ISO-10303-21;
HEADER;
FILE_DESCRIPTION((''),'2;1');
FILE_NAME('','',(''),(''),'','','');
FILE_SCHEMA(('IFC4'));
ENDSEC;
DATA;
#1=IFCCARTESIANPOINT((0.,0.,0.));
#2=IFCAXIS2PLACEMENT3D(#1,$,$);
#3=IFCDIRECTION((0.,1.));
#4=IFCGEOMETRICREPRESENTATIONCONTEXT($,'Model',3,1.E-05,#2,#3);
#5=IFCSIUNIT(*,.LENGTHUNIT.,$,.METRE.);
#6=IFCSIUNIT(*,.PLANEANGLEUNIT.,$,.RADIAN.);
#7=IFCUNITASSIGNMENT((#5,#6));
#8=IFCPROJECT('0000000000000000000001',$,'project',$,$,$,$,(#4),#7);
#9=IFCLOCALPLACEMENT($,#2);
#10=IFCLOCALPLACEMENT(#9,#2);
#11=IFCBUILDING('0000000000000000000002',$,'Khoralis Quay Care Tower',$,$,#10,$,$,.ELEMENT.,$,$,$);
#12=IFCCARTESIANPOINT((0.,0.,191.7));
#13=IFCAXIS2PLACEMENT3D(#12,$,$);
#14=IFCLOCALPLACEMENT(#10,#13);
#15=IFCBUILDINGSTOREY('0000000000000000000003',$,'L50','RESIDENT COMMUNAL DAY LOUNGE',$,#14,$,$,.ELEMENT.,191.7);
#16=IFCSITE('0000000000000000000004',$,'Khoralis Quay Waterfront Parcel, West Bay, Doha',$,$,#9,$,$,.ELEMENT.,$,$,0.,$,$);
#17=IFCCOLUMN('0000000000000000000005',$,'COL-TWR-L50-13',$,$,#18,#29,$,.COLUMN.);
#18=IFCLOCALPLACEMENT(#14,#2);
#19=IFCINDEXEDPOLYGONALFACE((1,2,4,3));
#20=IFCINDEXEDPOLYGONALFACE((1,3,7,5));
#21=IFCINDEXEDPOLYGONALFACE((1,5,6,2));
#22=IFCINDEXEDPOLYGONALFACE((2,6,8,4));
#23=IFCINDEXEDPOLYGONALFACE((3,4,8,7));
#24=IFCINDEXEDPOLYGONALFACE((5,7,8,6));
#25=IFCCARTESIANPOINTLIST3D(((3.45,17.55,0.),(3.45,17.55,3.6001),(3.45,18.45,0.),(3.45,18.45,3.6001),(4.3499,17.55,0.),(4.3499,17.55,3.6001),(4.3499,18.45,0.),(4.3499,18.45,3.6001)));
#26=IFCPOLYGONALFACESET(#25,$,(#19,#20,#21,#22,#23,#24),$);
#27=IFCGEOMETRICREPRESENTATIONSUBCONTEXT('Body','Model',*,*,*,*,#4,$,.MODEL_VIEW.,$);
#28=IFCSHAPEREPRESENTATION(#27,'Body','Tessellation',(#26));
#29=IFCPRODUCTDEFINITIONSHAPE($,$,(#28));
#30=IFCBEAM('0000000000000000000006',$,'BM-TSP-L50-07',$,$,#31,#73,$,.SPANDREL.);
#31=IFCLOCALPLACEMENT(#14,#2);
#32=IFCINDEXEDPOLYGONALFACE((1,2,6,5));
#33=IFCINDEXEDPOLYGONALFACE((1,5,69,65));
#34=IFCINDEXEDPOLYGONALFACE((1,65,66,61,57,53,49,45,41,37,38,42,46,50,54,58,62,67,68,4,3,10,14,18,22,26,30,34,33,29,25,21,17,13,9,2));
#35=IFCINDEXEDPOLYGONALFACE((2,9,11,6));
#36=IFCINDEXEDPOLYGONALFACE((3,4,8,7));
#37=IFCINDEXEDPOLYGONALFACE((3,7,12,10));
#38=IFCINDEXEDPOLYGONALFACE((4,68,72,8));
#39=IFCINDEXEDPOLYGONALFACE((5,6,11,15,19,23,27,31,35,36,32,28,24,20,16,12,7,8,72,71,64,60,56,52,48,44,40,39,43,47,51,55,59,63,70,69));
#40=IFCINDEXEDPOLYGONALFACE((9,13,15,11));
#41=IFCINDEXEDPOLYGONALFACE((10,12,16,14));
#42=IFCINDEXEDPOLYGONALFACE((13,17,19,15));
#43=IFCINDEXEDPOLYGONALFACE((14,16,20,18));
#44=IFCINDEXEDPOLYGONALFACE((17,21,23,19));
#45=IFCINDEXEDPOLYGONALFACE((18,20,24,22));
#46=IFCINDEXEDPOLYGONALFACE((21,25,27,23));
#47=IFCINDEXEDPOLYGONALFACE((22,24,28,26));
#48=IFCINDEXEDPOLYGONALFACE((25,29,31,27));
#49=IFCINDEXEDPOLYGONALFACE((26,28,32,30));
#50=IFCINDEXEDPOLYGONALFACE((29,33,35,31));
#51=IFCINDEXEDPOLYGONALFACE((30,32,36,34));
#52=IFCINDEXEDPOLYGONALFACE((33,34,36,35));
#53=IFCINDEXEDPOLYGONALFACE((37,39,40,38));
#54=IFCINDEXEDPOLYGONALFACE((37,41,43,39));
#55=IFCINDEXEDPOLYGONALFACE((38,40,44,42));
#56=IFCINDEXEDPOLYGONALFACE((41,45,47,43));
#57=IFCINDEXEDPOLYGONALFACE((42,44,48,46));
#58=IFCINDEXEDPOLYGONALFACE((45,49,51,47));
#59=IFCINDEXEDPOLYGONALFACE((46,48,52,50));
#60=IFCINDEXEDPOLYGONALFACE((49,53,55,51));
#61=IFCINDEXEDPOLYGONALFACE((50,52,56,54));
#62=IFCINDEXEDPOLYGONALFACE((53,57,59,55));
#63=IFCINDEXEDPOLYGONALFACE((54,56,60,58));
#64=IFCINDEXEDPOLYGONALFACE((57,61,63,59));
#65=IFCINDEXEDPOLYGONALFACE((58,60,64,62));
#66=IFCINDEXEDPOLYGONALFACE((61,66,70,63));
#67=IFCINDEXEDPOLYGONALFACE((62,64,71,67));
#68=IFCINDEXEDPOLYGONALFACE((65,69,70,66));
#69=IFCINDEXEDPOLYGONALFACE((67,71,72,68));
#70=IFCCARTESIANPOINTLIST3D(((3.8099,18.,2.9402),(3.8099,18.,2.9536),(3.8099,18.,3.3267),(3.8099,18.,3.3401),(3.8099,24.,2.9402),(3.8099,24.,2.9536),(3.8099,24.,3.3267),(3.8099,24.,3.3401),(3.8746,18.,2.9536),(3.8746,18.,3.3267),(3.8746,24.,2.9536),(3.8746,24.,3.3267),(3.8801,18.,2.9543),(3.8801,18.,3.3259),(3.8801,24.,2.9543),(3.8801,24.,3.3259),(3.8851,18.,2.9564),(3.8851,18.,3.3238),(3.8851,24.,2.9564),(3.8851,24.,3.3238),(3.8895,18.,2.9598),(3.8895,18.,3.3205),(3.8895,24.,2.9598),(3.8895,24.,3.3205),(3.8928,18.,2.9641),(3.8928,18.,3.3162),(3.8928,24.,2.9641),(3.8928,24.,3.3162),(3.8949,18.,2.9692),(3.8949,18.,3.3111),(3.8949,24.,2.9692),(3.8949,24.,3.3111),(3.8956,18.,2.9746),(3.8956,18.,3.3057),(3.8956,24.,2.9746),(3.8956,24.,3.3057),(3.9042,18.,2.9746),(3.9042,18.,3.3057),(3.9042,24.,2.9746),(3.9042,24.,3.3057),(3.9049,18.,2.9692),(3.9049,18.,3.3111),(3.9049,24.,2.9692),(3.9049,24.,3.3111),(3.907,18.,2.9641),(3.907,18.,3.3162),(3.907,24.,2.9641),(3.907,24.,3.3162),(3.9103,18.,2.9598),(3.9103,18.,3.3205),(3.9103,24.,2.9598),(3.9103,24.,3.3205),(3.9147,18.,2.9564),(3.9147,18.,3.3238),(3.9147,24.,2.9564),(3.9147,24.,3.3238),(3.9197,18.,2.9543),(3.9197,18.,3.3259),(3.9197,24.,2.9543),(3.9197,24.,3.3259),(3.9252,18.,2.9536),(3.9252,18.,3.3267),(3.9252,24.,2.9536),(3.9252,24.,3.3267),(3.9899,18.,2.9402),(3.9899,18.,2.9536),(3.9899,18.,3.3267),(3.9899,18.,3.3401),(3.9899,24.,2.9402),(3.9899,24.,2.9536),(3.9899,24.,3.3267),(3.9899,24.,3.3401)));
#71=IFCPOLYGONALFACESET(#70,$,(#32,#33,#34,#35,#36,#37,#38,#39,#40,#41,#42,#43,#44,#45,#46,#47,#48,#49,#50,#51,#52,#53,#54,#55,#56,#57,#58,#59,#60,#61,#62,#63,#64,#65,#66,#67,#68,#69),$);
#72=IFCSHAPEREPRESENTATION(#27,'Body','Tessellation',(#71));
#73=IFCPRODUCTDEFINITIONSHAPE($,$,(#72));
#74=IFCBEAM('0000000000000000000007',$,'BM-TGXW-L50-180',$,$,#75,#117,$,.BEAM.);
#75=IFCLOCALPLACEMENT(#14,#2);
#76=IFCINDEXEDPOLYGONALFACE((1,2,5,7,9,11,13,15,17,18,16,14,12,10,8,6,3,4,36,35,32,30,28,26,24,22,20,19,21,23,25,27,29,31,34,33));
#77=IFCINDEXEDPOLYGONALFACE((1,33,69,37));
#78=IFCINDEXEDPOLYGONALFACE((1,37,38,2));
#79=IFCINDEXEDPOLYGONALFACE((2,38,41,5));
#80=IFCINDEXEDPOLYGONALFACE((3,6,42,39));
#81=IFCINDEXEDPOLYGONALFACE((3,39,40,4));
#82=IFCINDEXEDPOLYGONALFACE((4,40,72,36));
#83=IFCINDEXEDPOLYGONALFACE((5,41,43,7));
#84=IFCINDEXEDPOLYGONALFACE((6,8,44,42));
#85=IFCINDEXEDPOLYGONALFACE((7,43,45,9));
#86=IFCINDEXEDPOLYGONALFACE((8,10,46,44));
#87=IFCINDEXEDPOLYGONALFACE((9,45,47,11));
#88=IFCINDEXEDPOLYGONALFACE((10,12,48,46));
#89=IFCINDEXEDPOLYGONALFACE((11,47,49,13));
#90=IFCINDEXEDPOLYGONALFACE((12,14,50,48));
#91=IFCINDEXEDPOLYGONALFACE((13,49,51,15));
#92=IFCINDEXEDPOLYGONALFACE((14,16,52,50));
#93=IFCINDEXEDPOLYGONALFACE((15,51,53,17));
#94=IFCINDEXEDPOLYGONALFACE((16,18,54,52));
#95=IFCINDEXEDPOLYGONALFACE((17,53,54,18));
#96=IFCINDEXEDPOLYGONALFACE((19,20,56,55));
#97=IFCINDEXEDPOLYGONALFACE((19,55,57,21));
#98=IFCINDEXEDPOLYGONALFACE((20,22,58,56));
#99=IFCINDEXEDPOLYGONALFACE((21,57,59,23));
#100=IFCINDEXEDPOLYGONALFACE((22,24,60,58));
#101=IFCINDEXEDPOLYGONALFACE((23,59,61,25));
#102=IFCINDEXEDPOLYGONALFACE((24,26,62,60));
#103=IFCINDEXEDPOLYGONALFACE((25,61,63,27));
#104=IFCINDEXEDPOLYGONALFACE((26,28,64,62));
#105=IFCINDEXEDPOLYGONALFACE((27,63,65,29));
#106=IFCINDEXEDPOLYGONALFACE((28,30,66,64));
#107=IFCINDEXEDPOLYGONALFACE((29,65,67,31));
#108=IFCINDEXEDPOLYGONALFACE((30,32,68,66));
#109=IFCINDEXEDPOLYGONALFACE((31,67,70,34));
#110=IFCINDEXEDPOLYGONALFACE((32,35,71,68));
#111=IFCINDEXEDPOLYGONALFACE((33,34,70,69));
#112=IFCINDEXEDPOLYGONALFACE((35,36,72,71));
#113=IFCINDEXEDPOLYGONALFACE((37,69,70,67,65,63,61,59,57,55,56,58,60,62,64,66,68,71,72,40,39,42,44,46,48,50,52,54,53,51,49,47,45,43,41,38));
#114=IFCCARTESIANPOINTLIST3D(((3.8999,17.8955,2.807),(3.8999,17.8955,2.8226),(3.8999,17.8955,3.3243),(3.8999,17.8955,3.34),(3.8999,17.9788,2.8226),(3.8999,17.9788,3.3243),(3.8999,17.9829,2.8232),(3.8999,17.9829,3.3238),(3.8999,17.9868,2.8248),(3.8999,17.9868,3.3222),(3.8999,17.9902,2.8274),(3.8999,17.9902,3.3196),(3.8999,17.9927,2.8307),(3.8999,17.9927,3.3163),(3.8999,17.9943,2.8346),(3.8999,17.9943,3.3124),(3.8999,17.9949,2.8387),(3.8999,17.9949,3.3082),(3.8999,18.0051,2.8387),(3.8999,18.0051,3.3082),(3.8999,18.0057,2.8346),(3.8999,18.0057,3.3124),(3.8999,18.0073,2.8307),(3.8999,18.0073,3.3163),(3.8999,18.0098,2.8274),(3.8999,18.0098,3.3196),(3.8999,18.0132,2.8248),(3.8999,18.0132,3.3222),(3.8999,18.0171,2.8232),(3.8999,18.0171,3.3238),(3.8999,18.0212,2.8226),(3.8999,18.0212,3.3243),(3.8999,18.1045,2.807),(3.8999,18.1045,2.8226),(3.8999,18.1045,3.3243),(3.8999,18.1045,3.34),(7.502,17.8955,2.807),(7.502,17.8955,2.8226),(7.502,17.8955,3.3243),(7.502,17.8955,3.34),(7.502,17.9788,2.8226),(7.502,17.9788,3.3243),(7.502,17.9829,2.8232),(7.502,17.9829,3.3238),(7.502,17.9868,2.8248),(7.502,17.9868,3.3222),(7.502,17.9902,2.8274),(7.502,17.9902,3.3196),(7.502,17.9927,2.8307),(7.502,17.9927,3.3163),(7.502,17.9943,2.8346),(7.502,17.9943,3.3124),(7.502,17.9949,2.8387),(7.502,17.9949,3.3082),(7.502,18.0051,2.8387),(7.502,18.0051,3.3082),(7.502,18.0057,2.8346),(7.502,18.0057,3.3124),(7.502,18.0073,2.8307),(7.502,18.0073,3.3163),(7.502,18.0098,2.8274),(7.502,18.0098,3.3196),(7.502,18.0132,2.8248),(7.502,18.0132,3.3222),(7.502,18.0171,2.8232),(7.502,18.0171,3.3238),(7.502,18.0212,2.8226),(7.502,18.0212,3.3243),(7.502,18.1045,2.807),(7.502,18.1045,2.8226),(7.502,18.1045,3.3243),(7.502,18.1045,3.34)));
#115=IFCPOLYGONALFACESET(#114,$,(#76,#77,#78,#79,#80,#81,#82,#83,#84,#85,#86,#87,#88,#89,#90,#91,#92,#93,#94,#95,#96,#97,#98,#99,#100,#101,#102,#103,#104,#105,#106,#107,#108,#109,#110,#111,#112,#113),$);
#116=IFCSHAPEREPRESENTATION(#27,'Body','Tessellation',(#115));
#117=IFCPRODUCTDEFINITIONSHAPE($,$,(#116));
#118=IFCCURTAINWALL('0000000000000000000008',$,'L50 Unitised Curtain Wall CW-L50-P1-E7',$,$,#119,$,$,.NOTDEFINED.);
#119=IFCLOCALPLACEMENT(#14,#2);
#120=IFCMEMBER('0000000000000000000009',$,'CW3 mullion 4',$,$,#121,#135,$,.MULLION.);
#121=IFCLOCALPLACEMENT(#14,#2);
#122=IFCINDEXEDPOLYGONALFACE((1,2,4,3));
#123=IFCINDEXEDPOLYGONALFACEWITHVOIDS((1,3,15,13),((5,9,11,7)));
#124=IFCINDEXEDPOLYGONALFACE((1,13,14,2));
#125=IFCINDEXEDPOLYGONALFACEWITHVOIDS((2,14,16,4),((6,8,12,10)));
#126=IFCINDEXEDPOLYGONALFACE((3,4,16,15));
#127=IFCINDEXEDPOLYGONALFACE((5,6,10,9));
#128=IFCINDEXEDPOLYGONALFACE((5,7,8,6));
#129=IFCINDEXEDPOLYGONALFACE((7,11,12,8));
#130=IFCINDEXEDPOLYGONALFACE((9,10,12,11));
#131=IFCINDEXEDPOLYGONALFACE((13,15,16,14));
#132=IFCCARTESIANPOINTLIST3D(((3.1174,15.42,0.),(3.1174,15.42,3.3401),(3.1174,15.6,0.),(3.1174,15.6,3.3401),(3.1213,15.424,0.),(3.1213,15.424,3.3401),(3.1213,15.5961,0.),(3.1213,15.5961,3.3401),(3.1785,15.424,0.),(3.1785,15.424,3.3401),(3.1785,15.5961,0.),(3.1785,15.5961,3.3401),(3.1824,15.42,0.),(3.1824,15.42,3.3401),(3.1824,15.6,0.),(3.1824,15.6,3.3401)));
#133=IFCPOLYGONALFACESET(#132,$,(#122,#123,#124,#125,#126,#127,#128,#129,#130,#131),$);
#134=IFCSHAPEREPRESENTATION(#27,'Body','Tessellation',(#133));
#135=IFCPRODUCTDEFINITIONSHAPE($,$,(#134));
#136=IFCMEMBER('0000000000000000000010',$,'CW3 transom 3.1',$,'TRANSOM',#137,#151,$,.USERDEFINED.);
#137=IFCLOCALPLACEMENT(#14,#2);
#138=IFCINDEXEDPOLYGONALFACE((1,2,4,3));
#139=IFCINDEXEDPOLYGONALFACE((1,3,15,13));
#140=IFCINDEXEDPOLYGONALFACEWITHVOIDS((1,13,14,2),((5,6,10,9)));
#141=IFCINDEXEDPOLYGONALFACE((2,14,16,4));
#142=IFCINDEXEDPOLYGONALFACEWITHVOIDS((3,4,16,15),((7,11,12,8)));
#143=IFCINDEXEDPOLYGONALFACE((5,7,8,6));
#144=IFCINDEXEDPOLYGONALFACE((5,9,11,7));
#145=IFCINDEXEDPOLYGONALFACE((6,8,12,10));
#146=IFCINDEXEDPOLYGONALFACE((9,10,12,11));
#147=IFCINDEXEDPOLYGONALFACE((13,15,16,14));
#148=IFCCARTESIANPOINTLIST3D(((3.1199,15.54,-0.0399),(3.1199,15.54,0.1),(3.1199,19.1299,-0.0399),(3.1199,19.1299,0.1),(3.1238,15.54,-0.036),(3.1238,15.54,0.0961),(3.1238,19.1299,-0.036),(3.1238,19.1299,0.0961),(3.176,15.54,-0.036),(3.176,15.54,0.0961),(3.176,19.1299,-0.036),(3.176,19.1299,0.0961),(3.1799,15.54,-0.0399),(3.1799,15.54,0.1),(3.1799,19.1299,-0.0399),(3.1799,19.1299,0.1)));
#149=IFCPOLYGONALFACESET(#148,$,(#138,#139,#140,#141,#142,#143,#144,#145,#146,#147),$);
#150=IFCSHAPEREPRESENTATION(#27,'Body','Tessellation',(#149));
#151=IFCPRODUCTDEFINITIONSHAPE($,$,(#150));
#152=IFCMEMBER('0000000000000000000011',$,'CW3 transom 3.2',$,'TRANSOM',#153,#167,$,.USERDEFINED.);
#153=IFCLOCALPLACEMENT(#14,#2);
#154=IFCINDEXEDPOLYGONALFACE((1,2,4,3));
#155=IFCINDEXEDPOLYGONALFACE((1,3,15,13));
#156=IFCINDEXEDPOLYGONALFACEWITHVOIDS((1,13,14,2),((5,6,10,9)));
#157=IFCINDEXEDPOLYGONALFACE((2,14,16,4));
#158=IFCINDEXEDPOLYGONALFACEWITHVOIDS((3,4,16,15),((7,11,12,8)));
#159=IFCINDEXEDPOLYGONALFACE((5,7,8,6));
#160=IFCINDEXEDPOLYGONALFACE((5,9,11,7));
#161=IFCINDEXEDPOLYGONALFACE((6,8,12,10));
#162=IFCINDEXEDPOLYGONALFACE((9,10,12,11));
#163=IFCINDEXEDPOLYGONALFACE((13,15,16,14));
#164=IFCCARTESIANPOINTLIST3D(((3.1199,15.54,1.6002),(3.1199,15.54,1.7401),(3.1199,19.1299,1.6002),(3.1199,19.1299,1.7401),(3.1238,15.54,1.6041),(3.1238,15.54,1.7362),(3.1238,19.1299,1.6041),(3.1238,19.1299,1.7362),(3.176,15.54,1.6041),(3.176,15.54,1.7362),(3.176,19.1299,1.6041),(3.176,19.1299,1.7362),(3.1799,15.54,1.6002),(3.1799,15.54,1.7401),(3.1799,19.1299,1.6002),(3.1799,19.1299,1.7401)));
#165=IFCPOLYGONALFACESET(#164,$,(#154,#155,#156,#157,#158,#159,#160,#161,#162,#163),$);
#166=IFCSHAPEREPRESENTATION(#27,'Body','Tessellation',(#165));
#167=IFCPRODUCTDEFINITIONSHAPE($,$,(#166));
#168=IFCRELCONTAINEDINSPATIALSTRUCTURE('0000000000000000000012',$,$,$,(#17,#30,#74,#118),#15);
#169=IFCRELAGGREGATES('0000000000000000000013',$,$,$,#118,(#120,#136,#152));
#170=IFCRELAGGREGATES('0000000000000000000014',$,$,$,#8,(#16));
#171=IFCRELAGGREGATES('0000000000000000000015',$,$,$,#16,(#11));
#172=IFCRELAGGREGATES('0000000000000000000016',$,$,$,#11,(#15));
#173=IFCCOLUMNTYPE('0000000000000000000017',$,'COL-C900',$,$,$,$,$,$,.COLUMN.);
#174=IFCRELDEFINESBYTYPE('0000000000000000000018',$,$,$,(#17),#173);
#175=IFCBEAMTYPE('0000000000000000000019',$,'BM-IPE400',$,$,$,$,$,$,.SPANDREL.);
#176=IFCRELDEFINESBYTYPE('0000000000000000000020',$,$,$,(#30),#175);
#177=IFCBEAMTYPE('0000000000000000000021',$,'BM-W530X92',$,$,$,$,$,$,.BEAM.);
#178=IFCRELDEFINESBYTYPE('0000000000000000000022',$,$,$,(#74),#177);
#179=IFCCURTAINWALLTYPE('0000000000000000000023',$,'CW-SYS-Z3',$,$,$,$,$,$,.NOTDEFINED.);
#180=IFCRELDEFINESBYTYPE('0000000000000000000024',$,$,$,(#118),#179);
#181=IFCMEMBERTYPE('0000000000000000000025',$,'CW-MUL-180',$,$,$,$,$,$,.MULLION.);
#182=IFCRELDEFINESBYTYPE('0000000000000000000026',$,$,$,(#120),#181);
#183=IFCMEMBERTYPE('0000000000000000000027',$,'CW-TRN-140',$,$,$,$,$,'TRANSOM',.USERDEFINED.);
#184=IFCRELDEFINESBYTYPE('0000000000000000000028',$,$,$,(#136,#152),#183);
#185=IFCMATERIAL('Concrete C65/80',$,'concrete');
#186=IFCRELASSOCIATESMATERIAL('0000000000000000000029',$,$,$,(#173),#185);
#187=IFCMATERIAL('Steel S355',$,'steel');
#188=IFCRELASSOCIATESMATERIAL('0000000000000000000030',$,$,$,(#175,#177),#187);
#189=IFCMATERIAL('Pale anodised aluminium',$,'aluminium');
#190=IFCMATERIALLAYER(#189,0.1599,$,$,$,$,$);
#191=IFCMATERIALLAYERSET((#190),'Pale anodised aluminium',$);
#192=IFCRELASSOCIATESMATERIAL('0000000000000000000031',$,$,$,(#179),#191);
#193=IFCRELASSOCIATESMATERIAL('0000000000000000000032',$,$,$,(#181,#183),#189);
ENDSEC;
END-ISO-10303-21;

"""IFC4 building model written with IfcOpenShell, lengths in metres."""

from ifc_helpers import new_model, si_unit, direction, frame, origin, origin_2d, place, context, subcontext, project, spatial, rectangle, hollow_rectangle, i_section, extrude, source, transform, mapped, material, layer, layer_set, material_profile, profile_set, type_object, element, aggregate, save


model = new_model("IFC4")

# Units and contexts
model_context = context("Model", 3, precision=1e-05, world=origin(), true_north=direction((0.0, 1.0)))
body_context = subcontext(model_context, "Body", "Model", "MODEL_VIEW")
ifc_project = project(units=[si_unit("LENGTHUNIT", "METRE"), si_unit("PLANEANGLEUNIT", "RADIAN")], contexts=[model_context])

# Site, building, storey
site_placement = place(None, origin())
site = spatial("IfcSite", under=ifc_project, at=site_placement, Name="Khoralis Quay Waterfront Parcel, West Bay, Doha", CompositionType="ELEMENT", RefElevation=0.0)
building_placement = place(site_placement, origin())
building = spatial("IfcBuilding", under=site, at=building_placement, Name="Khoralis Quay Care Tower", CompositionType="ELEMENT")
storey_placement = place(building_placement, frame((0.0, 0.0, 191.7)))
storey = spatial("IfcBuildingStorey", under=building, at=storey_placement, Name="L50", Description="RESIDENT COMMUNAL DAY LOUNGE", CompositionType="ELEMENT", Elevation=191.7)

# Column
ifc_material_1 = material(Name="Concrete C65/80", Category="concrete")
ifc_material_profile_1 = material_profile(ifc_material_1, rectangle(XDim=0.8999, YDim=0.8999, at=origin_2d()), Name="Concrete C65/80")
ifc_profile_set_1 = profile_set([ifc_material_profile_1], Name="Concrete C65/80")
column_type = type_object("IfcColumnType", Name="COL-C900", PredefinedType="COLUMN", material=ifc_profile_set_1)
shared_shape_1 = source(origin(), body_context, "Body", "SweptSolid", [
    extrude(rectangle(XDim=0.8999, YDim=0.8999, at=origin_2d()), origin(), (0.0, 0.0, 1.0), 3.6001),
])
column_placement = place(storey_placement, frame((3.8999, 18.0, 0.0), z_axis=(0.0, 0.0, 1.0), x_axis=(1.0, 0.0, 0.0)))
element("IfcColumn", 1, at=column_placement, inside=storey, type_object=column_type, Name="COL-TWR-L50-13", PredefinedType="COLUMN", context=body_context, shape_type="MappedRepresentation", body=[
    mapped(shared_shape_1, transform((0.0, 0.0, 0.0), scale=1.0)),
])

# Beams
ifc_material_2 = material(Name="Steel S355", Category="steel")
ifc_material_profile_2 = material_profile(ifc_material_2, i_section(OverallWidth=0.1799, OverallDepth=0.3999, WebThickness=0.0085, FlangeThickness=0.0134, FilletRadius=0.021, at=origin_2d()), Name="Steel S355")
ifc_profile_set_2 = profile_set([ifc_material_profile_2], Name="Steel S355")
beam_type_1 = type_object("IfcBeamType", Name="BM-IPE400", PredefinedType="SPANDREL", material=ifc_profile_set_2)
shared_shape_2 = source(origin(), body_context, "Body", "SweptSolid", [
    extrude(i_section(OverallWidth=0.1799, OverallDepth=0.3999, WebThickness=0.0085, FlangeThickness=0.0134, FilletRadius=0.021, at=origin_2d()), origin(), (0.0, 0.0, 1.0), 6.0),
])
beam_1_placement = place(storey_placement, frame((3.8999, 18.0, 3.1401), z_axis=(0.0, 1.0, 0.0), x_axis=(-1.0, 0.0, 0.0)))
element("IfcBeam", 2, at=beam_1_placement, inside=storey, type_object=beam_type_1, Name="BM-TSP-L50-07", PredefinedType="SPANDREL", context=body_context, shape_type="MappedRepresentation", body=[
    mapped(shared_shape_2, transform((0.0, 0.0, 0.0), scale=1.0)),
])
ifc_material_profile_3 = material_profile(ifc_material_2, i_section(OverallWidth=0.209, OverallDepth=0.533, WebThickness=0.0103, FlangeThickness=0.0156, FilletRadius=0.0161, at=origin_2d()), Name="Steel S355")
ifc_profile_set_3 = profile_set([ifc_material_profile_3], Name="Steel S355")
beam_type_2 = type_object("IfcBeamType", Name="BM-W530X92", PredefinedType="BEAM", material=ifc_profile_set_3)
shared_shape_3 = source(origin(), body_context, "Body", "SweptSolid", [
    extrude(i_section(OverallWidth=0.209, OverallDepth=0.533, WebThickness=0.0103, FlangeThickness=0.0156, FilletRadius=0.0161, at=origin_2d()), origin(), (0.0, 0.0, 1.0), 3.6021),
])
beam_2_placement = place(storey_placement, frame((3.8999, 18.0, 3.0735), z_axis=(1.0, 0.0, 0.0), x_axis=(0.0, 1.0, 0.0)))
element("IfcBeam", 3, at=beam_2_placement, inside=storey, type_object=beam_type_2, Name="BM-TGXW-L50-180", PredefinedType="BEAM", context=body_context, shape_type="MappedRepresentation", body=[
    mapped(shared_shape_3, transform((0.0, 0.0, 0.0), scale=1.0)),
])

# Curtain wall, members
ifc_material_3 = material(Name="Pale anodised aluminium", Category="aluminium")
ifc_layer_1 = layer(ifc_material_3, 0.1599)
ifc_layer_set_1 = layer_set([ifc_layer_1], Name="Pale anodised aluminium")
curtain_wall_type = type_object("IfcCurtainWallType", Name="CW-SYS-Z3", PredefinedType="NOTDEFINED", material=ifc_layer_set_1)
curtain_wall_placement = place(storey_placement, origin())
curtain_wall = element("IfcCurtainWall", 4, at=curtain_wall_placement, inside=storey, type_object=curtain_wall_type, Name="L50 Unitised Curtain Wall CW-L50-P1-E7", PredefinedType="NOTDEFINED")
ifc_material_profile_4 = material_profile(ifc_material_3, hollow_rectangle(XDim=0.0649, YDim=0.1799, WallThickness=0.0039, at=origin_2d()), Name="Pale anodised aluminium")
ifc_profile_set_4 = profile_set([ifc_material_profile_4], Name="Pale anodised aluminium")
member_type_1 = type_object("IfcMemberType", Name="CW-MUL-180", PredefinedType="MULLION", material=ifc_profile_set_4)
shared_shape_4 = source(origin(), body_context, "Body", "SweptSolid", [
    extrude(hollow_rectangle(XDim=0.0649, YDim=0.1799, WallThickness=0.0039, at=origin_2d()), origin(), (0.0, 0.0, 1.0), 3.3401),
])
member_1_placement = place(storey_placement, frame((3.1499, 15.51, 0.0), z_axis=(0.0, 0.0, 1.0), x_axis=(1.0, 0.0, 0.0)))
member_1 = element("IfcMember", 5, at=member_1_placement, type_object=member_type_1, Name="CW3 mullion 4", PredefinedType="MULLION", context=body_context, shape_type="MappedRepresentation", body=[
    mapped(shared_shape_4, transform((0.0, 0.0, 0.0), scale=1.0)),
])
ifc_material_profile_5 = material_profile(ifc_material_3, hollow_rectangle(XDim=0.0601, YDim=0.1399, WallThickness=0.0039, at=origin_2d()), Name="Pale anodised aluminium")
ifc_profile_set_5 = profile_set([ifc_material_profile_5], Name="Pale anodised aluminium")
member_type_2 = type_object("IfcMemberType", Name="CW-TRN-140", ElementType="TRANSOM", PredefinedType="USERDEFINED", material=ifc_profile_set_5)
shared_shape_5 = source(origin(), body_context, "Body", "SweptSolid", [
    extrude(hollow_rectangle(XDim=0.0601, YDim=0.1399, WallThickness=0.0039, at=origin_2d()), origin(), (0.0, 0.0, 1.0), 3.5898),
])
member_2_placement = place(storey_placement, frame((3.1499, 19.1299, 0.03), z_axis=(0.0, -1.0, 0.0), x_axis=(1.0, 0.0, 0.0)))
member_2 = element("IfcMember", 6, at=member_2_placement, type_object=member_type_2, Name="CW3 transom 3.1", ObjectType="TRANSOM", PredefinedType="USERDEFINED", context=body_context, shape_type="MappedRepresentation", body=[
    mapped(shared_shape_5, transform((0.0, 0.0, 0.0), scale=1.0)),
])
member_3_placement = place(storey_placement, frame((3.1499, 19.1299, 1.6702), z_axis=(0.0, -1.0, 0.0), x_axis=(1.0, 0.0, 0.0)))
member_3 = element("IfcMember", 7, at=member_3_placement, type_object=member_type_2, Name="CW3 transom 3.2", ObjectType="TRANSOM", PredefinedType="USERDEFINED", context=body_context, shape_type="MappedRepresentation", body=[
    mapped(shared_shape_5, transform((0.0, 0.0, 0.0), scale=1.0)),
])
aggregate(curtain_wall, [member_1, member_2, member_3])

save(model, "model.ifc")
